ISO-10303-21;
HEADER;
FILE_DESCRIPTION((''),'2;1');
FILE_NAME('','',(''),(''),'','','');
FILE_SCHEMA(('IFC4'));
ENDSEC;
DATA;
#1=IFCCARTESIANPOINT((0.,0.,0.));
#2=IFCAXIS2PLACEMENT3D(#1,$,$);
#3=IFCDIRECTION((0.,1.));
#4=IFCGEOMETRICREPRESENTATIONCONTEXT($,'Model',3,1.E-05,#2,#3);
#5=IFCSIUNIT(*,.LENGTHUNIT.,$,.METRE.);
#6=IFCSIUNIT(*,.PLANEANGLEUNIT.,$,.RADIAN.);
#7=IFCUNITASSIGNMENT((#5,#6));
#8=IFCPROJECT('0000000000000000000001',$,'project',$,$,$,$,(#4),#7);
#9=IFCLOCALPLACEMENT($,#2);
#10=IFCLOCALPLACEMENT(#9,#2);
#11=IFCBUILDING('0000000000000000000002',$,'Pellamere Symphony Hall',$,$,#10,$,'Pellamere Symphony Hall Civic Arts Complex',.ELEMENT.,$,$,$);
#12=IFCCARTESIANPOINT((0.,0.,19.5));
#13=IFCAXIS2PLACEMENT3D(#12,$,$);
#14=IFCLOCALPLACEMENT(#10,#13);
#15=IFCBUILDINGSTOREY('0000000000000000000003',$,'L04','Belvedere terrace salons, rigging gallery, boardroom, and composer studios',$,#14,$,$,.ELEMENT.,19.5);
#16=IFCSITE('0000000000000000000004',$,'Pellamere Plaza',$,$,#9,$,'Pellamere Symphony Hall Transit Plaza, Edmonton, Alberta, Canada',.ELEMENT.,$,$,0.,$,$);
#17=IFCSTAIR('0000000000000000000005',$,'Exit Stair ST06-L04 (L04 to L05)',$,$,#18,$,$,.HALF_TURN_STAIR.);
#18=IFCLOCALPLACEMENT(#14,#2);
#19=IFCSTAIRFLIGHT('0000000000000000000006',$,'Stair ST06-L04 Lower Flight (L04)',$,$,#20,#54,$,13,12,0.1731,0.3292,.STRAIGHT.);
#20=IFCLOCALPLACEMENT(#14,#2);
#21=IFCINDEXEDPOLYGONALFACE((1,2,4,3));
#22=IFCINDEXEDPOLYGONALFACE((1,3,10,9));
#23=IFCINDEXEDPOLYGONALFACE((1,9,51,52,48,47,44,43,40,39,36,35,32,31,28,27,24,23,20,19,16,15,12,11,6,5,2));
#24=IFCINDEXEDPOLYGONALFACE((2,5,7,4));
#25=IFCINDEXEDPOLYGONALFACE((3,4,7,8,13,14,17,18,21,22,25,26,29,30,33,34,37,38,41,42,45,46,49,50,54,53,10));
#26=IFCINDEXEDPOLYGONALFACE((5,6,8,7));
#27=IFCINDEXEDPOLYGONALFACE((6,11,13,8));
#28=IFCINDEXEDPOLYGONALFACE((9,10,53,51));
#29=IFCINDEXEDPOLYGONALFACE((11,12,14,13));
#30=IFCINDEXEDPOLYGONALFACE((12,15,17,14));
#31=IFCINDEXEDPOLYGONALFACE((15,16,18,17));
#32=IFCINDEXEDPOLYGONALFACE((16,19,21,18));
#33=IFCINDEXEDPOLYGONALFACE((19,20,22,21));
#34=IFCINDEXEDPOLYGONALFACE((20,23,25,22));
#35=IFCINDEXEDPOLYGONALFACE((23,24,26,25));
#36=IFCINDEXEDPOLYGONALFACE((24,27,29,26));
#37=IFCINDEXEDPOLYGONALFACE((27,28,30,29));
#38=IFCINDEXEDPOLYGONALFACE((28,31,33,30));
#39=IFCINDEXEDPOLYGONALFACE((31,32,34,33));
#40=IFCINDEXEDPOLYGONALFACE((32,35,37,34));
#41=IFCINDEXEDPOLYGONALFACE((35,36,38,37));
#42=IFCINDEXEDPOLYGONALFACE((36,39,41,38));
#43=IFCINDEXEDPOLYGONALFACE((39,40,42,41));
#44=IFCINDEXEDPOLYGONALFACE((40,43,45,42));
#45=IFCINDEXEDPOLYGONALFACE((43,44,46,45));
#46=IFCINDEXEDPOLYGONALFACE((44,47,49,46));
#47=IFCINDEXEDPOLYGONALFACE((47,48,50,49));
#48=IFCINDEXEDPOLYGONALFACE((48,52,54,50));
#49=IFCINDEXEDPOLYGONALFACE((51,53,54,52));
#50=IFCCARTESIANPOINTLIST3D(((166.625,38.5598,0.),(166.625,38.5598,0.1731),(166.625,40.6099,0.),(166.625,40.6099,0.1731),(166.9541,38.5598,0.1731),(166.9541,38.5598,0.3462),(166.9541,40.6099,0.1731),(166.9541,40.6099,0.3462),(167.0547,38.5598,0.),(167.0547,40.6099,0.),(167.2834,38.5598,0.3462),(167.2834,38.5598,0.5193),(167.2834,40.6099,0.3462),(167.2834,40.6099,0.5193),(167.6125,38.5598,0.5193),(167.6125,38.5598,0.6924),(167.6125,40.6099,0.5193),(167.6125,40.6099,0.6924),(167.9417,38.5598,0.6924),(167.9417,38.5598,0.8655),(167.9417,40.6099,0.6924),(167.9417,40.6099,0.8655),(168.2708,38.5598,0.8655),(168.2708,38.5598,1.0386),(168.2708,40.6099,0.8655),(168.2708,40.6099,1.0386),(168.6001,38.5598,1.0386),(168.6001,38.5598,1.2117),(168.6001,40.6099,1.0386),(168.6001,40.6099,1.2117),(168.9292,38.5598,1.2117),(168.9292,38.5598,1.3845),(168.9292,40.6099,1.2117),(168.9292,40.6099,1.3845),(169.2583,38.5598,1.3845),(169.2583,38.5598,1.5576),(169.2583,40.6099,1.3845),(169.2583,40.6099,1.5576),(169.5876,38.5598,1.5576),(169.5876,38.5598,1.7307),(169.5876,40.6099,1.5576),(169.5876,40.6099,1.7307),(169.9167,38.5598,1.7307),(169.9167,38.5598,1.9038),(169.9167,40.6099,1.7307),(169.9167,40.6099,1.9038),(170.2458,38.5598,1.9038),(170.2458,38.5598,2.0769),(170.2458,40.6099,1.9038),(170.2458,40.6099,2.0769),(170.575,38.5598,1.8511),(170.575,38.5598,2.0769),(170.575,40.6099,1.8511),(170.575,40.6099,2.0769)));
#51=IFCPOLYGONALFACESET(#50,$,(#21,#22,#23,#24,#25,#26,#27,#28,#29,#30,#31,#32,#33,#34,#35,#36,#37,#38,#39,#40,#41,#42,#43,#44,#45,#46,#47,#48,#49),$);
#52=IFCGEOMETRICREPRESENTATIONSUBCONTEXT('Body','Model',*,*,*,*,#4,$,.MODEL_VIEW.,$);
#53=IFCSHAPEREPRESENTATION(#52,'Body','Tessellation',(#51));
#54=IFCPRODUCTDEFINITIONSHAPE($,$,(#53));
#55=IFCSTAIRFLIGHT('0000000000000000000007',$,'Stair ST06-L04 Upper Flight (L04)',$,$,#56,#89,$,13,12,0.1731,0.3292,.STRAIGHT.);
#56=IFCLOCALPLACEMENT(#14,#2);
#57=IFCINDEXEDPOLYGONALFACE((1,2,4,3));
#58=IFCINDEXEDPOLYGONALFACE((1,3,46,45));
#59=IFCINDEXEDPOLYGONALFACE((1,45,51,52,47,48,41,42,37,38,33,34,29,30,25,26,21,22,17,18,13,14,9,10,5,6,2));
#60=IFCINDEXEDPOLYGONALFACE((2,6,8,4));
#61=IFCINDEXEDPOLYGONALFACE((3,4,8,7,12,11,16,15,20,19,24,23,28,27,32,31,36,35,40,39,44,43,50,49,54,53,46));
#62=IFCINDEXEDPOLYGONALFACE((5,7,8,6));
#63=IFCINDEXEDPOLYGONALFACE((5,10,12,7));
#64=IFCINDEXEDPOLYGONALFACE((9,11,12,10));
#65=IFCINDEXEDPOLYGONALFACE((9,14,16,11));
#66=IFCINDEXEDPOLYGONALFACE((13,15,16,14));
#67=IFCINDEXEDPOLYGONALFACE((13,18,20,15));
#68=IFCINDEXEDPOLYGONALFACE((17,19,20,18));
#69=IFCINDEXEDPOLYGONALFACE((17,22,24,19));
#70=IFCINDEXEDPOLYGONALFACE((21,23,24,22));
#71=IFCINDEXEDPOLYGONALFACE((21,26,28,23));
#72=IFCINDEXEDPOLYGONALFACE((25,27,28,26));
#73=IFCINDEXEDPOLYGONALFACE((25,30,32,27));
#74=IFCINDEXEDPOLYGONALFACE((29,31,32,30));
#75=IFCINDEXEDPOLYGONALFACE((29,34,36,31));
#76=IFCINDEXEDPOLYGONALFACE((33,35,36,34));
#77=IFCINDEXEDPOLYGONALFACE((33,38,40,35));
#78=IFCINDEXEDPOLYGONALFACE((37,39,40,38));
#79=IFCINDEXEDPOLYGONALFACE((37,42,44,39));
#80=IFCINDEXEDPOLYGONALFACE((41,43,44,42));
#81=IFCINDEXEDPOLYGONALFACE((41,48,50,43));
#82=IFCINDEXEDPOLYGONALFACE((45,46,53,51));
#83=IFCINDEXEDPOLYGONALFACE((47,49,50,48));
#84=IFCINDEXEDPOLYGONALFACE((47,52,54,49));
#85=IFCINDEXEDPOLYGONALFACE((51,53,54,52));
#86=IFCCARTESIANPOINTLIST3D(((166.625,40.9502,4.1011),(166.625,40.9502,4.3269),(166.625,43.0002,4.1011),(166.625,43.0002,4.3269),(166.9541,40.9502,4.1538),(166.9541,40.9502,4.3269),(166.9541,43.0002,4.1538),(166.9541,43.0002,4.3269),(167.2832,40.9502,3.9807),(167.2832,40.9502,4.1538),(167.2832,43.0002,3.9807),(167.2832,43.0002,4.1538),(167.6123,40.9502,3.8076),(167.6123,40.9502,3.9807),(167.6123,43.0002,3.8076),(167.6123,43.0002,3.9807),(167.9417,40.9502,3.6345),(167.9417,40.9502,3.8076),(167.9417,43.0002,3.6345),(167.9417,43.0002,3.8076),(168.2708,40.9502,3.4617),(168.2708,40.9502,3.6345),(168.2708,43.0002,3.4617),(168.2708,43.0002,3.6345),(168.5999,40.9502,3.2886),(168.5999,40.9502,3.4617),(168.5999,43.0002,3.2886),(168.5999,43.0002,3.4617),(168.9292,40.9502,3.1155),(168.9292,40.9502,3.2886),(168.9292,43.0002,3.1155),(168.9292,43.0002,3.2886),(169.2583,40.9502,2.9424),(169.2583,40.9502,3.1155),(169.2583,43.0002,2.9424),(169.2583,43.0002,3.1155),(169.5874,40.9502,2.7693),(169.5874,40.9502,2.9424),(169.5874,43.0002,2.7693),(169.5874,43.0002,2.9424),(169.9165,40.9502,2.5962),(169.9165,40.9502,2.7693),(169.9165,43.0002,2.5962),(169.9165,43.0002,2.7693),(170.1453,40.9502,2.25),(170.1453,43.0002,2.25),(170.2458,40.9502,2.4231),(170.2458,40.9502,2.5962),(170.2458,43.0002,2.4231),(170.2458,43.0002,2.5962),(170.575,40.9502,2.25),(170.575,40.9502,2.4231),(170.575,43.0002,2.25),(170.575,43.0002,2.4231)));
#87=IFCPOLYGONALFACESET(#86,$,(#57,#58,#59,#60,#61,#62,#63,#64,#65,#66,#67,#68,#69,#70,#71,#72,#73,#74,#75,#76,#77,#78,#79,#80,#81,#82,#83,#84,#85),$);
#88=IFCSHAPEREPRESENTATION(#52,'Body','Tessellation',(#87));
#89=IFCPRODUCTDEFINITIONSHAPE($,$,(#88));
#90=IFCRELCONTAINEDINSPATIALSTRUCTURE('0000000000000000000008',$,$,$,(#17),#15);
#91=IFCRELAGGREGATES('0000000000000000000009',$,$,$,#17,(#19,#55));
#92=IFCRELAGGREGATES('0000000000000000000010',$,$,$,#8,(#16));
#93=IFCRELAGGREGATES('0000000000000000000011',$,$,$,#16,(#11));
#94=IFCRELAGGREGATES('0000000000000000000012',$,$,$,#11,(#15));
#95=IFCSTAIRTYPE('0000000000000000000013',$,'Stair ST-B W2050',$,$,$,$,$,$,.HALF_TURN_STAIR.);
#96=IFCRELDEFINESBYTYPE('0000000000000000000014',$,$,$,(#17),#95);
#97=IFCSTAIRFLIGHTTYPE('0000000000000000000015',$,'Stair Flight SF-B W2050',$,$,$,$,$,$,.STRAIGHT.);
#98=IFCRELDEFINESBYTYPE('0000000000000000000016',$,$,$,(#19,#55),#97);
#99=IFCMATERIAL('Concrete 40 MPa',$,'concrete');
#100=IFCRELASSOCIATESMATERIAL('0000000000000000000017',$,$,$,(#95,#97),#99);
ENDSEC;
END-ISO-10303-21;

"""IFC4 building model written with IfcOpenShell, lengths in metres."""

from ifc_helpers import new_model, si_unit, direction, frame, origin, place, context, subcontext, project, spatial, polyline, outline, extrude, material, type_object, element, aggregate, save


model = new_model("IFC4")

# Units and contexts
model_context = context("Model", 3, precision=1e-05, world=origin(), true_north=direction((0.0, 1.0)))
body_context = subcontext(model_context, "Body", "Model", "MODEL_VIEW")
ifc_project = project(units=[si_unit("LENGTHUNIT", "METRE"), si_unit("PLANEANGLEUNIT", "RADIAN")], contexts=[model_context])

# Site, building, storey
site_placement = place(None, origin())
site = spatial("IfcSite", under=ifc_project, at=site_placement, Name="Pellamere Plaza", LongName="Pellamere Symphony Hall Transit Plaza, Edmonton, Alberta, Canada", CompositionType="ELEMENT", RefElevation=0.0)
building_placement = place(site_placement, origin())
building = spatial("IfcBuilding", under=site, at=building_placement, Name="Pellamere Symphony Hall", LongName="Pellamere Symphony Hall Civic Arts Complex", CompositionType="ELEMENT")
storey_placement = place(building_placement, frame((0.0, 0.0, 19.5)))
storey = spatial("IfcBuildingStorey", under=building, at=storey_placement, Name="L04", Description="Belvedere terrace salons, rigging gallery, boardroom, and composer studios", CompositionType="ELEMENT", Elevation=19.5)

# Shared definitions
ifc_material_1 = material(Name="Concrete 40 MPa", Category="concrete")

# Stair, stair flights
stair_type = type_object("IfcStairType", Name="Stair ST-B W2050", PredefinedType="HALF_TURN_STAIR", material=ifc_material_1)
stair_placement = place(storey_placement, origin())
stair = element("IfcStair", 1, at=stair_placement, inside=storey, type_object=stair_type, Name="Exit Stair ST06-L04 (L04 to L05)", PredefinedType="HALF_TURN_STAIR")
stair_flight_type = type_object("IfcStairFlightType", Name="Stair Flight SF-B W2050", PredefinedType="STRAIGHT", material=ifc_material_1)
stair_flight_1_placement = place(storey_placement, frame((166.625, 39.585, 0.0), z_axis=(0.0, 0.0, 1.0), x_axis=(1.0, 0.0, 0.0)))
stair_flight_1 = element("IfcStairFlight", 2, at=stair_flight_1_placement, type_object=stair_flight_type, Name="Stair ST06-L04 Lower Flight (L04)", NumberOfRisers=13, NumberOfTreads=12, PredefinedType="STRAIGHT", RiserHeight=0.1731, TreadLength=0.3292, context=body_context, shape_type="SweptSolid", body=[
    extrude(outline(polyline([(0.0, 0.0), (0.0, 0.1731), (0.3291, 0.1731), (0.3291, 0.3462), (0.6584, 0.3462), (0.6584, 0.5193), (0.9875, 0.5193), (0.9875, 0.6924), (1.3167, 0.6924), (1.3167, 0.8655), (1.6458, 0.8655), (1.6458, 1.0386), (1.9751, 1.0386), (1.9751, 1.2117), (2.3042, 1.2117), (2.3042, 1.3845), (2.6333, 1.3845), (2.6333, 1.5576), (2.9626, 1.5576), (2.9626, 1.7307), (3.2917, 1.7307), (3.2917, 1.9038), (3.6208, 1.9038), (3.6208, 2.0769), (3.95, 2.0769), (3.95, 2.25), (3.95, 1.8511), (0.4297, 0.0), (0.0, 0.0)])), frame((0.0, 1.0249, 0.0), z_axis=(0.0, -1.0, 0.0), x_axis=(1.0, 0.0, 0.0)), (0.0, 0.0, 1.0), 2.05),
])
stair_flight_2_placement = place(storey_placement, frame((170.575, 41.9751, 2.25), z_axis=(0.0, 0.0, 1.0), x_axis=(-1.0, 0.0, 0.0)))
stair_flight_2 = element("IfcStairFlight", 3, at=stair_flight_2_placement, type_object=stair_flight_type, Name="Stair ST06-L04 Upper Flight (L04)", NumberOfRisers=13, NumberOfTreads=12, PredefinedType="STRAIGHT", RiserHeight=0.1731, TreadLength=0.3292, context=body_context, shape_type="SweptSolid", body=[
    extrude(outline(polyline([(0.0, 0.0), (0.0, 0.1731), (0.3291, 0.1731), (0.3291, 0.3462), (0.6584, 0.3462), (0.6584, 0.5193), (0.9875, 0.5193), (0.9875, 0.6924), (1.3167, 0.6924), (1.3167, 0.8655), (1.6458, 0.8655), (1.6458, 1.0386), (1.9751, 1.0386), (1.9751, 1.2117), (2.3042, 1.2117), (2.3042, 1.3845), (2.6333, 1.3845), (2.6333, 1.5576), (2.9626, 1.5576), (2.9626, 1.7307), (3.2917, 1.7307), (3.2917, 1.9038), (3.6208, 1.9038), (3.6208, 2.0769), (3.95, 2.0769), (3.95, 2.25), (3.95, 1.8511), (0.4297, 0.0), (0.0, 0.0)])), frame((0.0, 1.0249, 0.0), z_axis=(0.0, -1.0, 0.0), x_axis=(1.0, 0.0, 0.0)), (0.0, 0.0, 1.0), 2.05),
])
aggregate(stair, [stair_flight_1, stair_flight_2])

save(model, "model.ifc")
